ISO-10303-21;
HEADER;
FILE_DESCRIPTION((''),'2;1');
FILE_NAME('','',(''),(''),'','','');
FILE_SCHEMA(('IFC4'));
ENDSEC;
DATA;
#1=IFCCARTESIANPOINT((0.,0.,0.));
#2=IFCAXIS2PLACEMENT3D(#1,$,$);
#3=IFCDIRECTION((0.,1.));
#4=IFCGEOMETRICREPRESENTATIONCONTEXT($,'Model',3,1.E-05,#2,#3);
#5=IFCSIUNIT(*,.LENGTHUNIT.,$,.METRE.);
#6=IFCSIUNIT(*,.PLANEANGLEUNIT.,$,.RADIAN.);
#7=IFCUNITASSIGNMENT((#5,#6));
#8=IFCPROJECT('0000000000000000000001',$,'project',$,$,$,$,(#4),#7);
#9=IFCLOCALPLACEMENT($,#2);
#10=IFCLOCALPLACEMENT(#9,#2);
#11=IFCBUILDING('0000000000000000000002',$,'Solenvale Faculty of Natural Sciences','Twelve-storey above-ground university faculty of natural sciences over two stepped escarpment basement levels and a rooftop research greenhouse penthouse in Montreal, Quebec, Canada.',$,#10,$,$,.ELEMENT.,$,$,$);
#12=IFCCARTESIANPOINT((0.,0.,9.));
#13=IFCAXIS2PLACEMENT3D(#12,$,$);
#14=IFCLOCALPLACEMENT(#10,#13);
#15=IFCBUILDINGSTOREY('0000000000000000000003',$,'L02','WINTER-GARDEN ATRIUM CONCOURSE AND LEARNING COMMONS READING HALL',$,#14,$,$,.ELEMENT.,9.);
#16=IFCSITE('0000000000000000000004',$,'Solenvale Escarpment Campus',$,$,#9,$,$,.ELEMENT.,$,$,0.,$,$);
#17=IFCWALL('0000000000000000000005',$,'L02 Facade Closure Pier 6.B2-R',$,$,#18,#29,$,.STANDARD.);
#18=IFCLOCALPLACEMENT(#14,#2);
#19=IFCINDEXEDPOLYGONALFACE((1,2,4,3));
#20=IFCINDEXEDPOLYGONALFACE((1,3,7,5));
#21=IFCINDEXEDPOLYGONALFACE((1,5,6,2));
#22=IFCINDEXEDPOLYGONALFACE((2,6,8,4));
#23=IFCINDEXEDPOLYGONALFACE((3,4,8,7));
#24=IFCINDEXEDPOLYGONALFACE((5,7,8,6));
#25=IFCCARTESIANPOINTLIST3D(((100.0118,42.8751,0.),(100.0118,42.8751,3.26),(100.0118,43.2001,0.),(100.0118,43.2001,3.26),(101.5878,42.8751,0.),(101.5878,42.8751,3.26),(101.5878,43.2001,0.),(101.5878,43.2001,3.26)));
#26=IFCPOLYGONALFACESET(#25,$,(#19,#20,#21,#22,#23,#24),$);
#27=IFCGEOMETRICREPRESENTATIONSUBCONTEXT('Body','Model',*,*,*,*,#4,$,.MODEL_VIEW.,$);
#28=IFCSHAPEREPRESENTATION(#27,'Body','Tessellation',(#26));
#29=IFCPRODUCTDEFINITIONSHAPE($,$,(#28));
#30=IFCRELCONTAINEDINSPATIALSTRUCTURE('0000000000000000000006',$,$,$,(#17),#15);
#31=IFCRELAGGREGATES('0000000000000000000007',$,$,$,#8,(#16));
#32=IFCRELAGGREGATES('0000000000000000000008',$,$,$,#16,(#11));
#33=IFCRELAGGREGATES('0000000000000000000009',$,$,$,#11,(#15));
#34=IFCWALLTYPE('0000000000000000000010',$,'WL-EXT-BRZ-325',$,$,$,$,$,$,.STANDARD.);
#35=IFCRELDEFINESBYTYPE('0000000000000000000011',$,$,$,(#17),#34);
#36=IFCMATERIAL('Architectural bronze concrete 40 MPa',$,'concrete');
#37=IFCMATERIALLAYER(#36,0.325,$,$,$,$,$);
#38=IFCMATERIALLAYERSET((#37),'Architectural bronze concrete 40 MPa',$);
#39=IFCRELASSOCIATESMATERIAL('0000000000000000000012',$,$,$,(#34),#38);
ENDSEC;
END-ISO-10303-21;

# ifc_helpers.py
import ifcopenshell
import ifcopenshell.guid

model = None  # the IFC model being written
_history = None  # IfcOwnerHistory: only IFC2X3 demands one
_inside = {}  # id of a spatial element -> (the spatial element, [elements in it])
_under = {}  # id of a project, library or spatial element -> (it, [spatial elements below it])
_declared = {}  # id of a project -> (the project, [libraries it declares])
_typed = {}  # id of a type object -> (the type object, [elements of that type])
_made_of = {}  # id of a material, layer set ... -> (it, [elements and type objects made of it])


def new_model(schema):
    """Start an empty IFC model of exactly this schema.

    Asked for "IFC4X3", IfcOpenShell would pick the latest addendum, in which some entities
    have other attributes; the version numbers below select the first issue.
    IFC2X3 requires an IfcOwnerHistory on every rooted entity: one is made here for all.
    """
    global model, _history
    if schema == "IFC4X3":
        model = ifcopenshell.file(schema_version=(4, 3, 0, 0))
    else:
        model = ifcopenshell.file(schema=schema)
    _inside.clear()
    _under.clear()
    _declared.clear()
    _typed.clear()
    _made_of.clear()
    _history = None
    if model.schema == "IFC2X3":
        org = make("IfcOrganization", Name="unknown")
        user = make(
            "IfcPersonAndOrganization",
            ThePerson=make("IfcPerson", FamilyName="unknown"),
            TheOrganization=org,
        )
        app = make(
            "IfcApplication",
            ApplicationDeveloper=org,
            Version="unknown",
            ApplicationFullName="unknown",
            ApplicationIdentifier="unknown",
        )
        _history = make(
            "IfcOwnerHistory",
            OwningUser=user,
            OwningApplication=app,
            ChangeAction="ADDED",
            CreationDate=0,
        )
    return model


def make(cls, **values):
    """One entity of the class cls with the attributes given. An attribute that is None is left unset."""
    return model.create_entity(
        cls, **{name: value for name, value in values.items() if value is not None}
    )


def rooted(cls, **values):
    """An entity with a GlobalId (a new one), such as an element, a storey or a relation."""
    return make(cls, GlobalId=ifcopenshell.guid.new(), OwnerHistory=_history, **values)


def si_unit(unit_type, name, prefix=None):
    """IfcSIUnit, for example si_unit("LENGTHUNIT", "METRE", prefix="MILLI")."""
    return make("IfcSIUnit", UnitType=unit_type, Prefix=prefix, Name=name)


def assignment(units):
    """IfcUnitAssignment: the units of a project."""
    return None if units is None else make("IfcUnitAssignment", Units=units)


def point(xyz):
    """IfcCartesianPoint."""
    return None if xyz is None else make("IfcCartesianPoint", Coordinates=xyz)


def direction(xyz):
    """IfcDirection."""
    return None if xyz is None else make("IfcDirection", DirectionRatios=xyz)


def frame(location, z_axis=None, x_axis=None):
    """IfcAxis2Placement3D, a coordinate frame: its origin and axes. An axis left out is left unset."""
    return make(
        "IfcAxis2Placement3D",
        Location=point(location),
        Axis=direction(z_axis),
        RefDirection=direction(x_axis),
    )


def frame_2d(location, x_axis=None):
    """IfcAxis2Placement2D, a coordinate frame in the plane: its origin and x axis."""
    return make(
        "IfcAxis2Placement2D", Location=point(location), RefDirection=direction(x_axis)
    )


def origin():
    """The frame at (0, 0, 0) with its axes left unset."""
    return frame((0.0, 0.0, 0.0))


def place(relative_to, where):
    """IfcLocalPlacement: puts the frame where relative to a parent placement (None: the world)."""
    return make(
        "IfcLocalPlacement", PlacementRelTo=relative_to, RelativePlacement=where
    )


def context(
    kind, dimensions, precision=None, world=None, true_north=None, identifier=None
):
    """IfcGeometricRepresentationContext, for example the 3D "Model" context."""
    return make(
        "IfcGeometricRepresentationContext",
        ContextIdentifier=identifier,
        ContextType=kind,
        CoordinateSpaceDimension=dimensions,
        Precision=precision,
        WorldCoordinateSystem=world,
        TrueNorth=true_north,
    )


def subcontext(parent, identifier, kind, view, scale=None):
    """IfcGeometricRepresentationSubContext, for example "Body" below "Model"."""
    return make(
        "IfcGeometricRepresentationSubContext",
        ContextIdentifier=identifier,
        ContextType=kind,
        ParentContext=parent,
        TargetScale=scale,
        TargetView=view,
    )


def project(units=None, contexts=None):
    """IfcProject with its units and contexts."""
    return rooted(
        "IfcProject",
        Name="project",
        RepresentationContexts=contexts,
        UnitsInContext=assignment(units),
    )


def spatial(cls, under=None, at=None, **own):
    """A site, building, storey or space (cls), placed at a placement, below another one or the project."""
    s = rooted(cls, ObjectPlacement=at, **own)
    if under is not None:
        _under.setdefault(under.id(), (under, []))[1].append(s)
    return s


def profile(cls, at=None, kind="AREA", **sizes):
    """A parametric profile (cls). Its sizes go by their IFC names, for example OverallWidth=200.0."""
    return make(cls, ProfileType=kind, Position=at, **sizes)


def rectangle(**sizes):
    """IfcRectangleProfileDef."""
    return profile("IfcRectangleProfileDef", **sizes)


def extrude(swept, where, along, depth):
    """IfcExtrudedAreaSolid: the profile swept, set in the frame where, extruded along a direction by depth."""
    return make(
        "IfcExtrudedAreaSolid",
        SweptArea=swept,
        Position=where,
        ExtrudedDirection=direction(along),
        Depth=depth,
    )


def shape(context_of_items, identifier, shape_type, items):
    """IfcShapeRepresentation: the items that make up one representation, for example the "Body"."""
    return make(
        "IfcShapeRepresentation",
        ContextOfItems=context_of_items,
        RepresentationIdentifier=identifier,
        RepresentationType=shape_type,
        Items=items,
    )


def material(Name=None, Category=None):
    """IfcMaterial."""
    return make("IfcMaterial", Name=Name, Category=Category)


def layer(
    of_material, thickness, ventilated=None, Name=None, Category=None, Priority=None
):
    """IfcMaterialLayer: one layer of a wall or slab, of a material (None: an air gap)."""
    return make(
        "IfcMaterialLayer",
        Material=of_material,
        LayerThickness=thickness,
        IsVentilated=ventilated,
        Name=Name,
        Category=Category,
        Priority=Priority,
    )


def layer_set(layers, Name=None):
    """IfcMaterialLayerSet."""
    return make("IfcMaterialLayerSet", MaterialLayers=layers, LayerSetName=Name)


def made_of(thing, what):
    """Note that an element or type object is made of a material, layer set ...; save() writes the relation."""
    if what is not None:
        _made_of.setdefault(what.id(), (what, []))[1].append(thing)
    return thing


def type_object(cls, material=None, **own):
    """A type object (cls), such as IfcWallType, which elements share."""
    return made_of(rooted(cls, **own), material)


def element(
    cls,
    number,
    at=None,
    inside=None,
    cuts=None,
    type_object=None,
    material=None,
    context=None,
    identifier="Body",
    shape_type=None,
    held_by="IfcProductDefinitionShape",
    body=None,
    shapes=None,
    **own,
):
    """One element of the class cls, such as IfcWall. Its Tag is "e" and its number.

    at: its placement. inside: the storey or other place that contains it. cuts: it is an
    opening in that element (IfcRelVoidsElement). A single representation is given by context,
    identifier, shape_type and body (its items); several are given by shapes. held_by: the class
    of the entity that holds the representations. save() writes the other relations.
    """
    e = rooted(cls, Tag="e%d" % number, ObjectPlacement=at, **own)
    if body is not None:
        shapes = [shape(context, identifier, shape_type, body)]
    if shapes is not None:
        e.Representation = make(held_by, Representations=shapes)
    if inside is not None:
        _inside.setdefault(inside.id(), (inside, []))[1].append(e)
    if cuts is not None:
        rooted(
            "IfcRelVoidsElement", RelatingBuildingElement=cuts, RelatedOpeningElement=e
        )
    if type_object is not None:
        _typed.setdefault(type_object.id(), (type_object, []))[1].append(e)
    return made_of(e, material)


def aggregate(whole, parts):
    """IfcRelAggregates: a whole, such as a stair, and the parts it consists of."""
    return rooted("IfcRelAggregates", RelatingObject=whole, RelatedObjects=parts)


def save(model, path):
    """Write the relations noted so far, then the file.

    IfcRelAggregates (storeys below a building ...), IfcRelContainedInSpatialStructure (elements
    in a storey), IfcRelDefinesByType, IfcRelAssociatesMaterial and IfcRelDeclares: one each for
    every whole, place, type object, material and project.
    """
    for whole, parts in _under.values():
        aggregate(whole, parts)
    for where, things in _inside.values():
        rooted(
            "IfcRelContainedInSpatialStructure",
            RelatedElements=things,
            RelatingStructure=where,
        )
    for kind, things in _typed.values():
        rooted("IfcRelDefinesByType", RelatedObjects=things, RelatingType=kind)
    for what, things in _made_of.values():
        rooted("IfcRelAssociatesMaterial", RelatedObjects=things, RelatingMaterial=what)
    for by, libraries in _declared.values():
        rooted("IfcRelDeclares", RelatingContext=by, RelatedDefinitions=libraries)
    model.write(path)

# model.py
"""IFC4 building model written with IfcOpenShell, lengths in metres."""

from ifc_helpers import new_model, si_unit, direction, frame, frame_2d, origin, place, context, subcontext, project, spatial, rectangle, extrude, material, layer, layer_set, type_object, element, save


model = new_model("IFC4")

# Units and contexts
model_context = context("Model", 3, precision=1e-05, world=origin(), true_north=direction((0.0, 1.0)))
body_context = subcontext(model_context, "Body", "Model", "MODEL_VIEW")
ifc_project = project(units=[si_unit("LENGTHUNIT", "METRE"), si_unit("PLANEANGLEUNIT", "RADIAN")], contexts=[model_context])

# Site, building, storey
site_placement = place(None, origin())
site = spatial("IfcSite", under=ifc_project, at=site_placement, Name="Solenvale Escarpment Campus", CompositionType="ELEMENT", RefElevation=0.0)
building_placement = place(site_placement, origin())
building = spatial("IfcBuilding", under=site, at=building_placement, Name="Solenvale Faculty of Natural Sciences", Description="Twelve-storey above-ground university faculty of natural sciences over two stepped escarpment basement levels and a rooftop research greenhouse penthouse in Montreal, Quebec, Canada.", CompositionType="ELEMENT")
storey_placement = place(building_placement, frame((0.0, 0.0, 9.0)))
storey = spatial("IfcBuildingStorey", under=building, at=storey_placement, Name="L02", Description="WINTER-GARDEN ATRIUM CONCOURSE AND LEARNING COMMONS READING HALL", CompositionType="ELEMENT", Elevation=9.0)

# Wall
ifc_material_1 = material(Name="Architectural bronze concrete 40 MPa", Category="concrete")
ifc_layer_1 = layer(ifc_material_1, 0.325)
ifc_layer_set_1 = layer_set([ifc_layer_1], Name="Architectural bronze concrete 40 MPa")
wall_type = type_object("IfcWallType", Name="WL-EXT-BRZ-325", PredefinedType="STANDARD", material=ifc_layer_set_1)
wall_placement = place(storey_placement, frame((101.5879, 43.0376, 0.0), z_axis=(0.0, 0.0, 1.0), x_axis=(-1.0, 0.0, 0.0)))
element("IfcWall", 1, at=wall_placement, inside=storey, type_object=wall_type, Name="L02 Facade Closure Pier 6.B2-R", PredefinedType="STANDARD", context=body_context, shape_type="SweptSolid", body=[
    extrude(rectangle(XDim=1.5759, YDim=0.325, at=frame_2d((0.7881, 0.0))), origin(), (0.0, 0.0, 1.0), 3.26),
])

save(model, "model.ifc")
